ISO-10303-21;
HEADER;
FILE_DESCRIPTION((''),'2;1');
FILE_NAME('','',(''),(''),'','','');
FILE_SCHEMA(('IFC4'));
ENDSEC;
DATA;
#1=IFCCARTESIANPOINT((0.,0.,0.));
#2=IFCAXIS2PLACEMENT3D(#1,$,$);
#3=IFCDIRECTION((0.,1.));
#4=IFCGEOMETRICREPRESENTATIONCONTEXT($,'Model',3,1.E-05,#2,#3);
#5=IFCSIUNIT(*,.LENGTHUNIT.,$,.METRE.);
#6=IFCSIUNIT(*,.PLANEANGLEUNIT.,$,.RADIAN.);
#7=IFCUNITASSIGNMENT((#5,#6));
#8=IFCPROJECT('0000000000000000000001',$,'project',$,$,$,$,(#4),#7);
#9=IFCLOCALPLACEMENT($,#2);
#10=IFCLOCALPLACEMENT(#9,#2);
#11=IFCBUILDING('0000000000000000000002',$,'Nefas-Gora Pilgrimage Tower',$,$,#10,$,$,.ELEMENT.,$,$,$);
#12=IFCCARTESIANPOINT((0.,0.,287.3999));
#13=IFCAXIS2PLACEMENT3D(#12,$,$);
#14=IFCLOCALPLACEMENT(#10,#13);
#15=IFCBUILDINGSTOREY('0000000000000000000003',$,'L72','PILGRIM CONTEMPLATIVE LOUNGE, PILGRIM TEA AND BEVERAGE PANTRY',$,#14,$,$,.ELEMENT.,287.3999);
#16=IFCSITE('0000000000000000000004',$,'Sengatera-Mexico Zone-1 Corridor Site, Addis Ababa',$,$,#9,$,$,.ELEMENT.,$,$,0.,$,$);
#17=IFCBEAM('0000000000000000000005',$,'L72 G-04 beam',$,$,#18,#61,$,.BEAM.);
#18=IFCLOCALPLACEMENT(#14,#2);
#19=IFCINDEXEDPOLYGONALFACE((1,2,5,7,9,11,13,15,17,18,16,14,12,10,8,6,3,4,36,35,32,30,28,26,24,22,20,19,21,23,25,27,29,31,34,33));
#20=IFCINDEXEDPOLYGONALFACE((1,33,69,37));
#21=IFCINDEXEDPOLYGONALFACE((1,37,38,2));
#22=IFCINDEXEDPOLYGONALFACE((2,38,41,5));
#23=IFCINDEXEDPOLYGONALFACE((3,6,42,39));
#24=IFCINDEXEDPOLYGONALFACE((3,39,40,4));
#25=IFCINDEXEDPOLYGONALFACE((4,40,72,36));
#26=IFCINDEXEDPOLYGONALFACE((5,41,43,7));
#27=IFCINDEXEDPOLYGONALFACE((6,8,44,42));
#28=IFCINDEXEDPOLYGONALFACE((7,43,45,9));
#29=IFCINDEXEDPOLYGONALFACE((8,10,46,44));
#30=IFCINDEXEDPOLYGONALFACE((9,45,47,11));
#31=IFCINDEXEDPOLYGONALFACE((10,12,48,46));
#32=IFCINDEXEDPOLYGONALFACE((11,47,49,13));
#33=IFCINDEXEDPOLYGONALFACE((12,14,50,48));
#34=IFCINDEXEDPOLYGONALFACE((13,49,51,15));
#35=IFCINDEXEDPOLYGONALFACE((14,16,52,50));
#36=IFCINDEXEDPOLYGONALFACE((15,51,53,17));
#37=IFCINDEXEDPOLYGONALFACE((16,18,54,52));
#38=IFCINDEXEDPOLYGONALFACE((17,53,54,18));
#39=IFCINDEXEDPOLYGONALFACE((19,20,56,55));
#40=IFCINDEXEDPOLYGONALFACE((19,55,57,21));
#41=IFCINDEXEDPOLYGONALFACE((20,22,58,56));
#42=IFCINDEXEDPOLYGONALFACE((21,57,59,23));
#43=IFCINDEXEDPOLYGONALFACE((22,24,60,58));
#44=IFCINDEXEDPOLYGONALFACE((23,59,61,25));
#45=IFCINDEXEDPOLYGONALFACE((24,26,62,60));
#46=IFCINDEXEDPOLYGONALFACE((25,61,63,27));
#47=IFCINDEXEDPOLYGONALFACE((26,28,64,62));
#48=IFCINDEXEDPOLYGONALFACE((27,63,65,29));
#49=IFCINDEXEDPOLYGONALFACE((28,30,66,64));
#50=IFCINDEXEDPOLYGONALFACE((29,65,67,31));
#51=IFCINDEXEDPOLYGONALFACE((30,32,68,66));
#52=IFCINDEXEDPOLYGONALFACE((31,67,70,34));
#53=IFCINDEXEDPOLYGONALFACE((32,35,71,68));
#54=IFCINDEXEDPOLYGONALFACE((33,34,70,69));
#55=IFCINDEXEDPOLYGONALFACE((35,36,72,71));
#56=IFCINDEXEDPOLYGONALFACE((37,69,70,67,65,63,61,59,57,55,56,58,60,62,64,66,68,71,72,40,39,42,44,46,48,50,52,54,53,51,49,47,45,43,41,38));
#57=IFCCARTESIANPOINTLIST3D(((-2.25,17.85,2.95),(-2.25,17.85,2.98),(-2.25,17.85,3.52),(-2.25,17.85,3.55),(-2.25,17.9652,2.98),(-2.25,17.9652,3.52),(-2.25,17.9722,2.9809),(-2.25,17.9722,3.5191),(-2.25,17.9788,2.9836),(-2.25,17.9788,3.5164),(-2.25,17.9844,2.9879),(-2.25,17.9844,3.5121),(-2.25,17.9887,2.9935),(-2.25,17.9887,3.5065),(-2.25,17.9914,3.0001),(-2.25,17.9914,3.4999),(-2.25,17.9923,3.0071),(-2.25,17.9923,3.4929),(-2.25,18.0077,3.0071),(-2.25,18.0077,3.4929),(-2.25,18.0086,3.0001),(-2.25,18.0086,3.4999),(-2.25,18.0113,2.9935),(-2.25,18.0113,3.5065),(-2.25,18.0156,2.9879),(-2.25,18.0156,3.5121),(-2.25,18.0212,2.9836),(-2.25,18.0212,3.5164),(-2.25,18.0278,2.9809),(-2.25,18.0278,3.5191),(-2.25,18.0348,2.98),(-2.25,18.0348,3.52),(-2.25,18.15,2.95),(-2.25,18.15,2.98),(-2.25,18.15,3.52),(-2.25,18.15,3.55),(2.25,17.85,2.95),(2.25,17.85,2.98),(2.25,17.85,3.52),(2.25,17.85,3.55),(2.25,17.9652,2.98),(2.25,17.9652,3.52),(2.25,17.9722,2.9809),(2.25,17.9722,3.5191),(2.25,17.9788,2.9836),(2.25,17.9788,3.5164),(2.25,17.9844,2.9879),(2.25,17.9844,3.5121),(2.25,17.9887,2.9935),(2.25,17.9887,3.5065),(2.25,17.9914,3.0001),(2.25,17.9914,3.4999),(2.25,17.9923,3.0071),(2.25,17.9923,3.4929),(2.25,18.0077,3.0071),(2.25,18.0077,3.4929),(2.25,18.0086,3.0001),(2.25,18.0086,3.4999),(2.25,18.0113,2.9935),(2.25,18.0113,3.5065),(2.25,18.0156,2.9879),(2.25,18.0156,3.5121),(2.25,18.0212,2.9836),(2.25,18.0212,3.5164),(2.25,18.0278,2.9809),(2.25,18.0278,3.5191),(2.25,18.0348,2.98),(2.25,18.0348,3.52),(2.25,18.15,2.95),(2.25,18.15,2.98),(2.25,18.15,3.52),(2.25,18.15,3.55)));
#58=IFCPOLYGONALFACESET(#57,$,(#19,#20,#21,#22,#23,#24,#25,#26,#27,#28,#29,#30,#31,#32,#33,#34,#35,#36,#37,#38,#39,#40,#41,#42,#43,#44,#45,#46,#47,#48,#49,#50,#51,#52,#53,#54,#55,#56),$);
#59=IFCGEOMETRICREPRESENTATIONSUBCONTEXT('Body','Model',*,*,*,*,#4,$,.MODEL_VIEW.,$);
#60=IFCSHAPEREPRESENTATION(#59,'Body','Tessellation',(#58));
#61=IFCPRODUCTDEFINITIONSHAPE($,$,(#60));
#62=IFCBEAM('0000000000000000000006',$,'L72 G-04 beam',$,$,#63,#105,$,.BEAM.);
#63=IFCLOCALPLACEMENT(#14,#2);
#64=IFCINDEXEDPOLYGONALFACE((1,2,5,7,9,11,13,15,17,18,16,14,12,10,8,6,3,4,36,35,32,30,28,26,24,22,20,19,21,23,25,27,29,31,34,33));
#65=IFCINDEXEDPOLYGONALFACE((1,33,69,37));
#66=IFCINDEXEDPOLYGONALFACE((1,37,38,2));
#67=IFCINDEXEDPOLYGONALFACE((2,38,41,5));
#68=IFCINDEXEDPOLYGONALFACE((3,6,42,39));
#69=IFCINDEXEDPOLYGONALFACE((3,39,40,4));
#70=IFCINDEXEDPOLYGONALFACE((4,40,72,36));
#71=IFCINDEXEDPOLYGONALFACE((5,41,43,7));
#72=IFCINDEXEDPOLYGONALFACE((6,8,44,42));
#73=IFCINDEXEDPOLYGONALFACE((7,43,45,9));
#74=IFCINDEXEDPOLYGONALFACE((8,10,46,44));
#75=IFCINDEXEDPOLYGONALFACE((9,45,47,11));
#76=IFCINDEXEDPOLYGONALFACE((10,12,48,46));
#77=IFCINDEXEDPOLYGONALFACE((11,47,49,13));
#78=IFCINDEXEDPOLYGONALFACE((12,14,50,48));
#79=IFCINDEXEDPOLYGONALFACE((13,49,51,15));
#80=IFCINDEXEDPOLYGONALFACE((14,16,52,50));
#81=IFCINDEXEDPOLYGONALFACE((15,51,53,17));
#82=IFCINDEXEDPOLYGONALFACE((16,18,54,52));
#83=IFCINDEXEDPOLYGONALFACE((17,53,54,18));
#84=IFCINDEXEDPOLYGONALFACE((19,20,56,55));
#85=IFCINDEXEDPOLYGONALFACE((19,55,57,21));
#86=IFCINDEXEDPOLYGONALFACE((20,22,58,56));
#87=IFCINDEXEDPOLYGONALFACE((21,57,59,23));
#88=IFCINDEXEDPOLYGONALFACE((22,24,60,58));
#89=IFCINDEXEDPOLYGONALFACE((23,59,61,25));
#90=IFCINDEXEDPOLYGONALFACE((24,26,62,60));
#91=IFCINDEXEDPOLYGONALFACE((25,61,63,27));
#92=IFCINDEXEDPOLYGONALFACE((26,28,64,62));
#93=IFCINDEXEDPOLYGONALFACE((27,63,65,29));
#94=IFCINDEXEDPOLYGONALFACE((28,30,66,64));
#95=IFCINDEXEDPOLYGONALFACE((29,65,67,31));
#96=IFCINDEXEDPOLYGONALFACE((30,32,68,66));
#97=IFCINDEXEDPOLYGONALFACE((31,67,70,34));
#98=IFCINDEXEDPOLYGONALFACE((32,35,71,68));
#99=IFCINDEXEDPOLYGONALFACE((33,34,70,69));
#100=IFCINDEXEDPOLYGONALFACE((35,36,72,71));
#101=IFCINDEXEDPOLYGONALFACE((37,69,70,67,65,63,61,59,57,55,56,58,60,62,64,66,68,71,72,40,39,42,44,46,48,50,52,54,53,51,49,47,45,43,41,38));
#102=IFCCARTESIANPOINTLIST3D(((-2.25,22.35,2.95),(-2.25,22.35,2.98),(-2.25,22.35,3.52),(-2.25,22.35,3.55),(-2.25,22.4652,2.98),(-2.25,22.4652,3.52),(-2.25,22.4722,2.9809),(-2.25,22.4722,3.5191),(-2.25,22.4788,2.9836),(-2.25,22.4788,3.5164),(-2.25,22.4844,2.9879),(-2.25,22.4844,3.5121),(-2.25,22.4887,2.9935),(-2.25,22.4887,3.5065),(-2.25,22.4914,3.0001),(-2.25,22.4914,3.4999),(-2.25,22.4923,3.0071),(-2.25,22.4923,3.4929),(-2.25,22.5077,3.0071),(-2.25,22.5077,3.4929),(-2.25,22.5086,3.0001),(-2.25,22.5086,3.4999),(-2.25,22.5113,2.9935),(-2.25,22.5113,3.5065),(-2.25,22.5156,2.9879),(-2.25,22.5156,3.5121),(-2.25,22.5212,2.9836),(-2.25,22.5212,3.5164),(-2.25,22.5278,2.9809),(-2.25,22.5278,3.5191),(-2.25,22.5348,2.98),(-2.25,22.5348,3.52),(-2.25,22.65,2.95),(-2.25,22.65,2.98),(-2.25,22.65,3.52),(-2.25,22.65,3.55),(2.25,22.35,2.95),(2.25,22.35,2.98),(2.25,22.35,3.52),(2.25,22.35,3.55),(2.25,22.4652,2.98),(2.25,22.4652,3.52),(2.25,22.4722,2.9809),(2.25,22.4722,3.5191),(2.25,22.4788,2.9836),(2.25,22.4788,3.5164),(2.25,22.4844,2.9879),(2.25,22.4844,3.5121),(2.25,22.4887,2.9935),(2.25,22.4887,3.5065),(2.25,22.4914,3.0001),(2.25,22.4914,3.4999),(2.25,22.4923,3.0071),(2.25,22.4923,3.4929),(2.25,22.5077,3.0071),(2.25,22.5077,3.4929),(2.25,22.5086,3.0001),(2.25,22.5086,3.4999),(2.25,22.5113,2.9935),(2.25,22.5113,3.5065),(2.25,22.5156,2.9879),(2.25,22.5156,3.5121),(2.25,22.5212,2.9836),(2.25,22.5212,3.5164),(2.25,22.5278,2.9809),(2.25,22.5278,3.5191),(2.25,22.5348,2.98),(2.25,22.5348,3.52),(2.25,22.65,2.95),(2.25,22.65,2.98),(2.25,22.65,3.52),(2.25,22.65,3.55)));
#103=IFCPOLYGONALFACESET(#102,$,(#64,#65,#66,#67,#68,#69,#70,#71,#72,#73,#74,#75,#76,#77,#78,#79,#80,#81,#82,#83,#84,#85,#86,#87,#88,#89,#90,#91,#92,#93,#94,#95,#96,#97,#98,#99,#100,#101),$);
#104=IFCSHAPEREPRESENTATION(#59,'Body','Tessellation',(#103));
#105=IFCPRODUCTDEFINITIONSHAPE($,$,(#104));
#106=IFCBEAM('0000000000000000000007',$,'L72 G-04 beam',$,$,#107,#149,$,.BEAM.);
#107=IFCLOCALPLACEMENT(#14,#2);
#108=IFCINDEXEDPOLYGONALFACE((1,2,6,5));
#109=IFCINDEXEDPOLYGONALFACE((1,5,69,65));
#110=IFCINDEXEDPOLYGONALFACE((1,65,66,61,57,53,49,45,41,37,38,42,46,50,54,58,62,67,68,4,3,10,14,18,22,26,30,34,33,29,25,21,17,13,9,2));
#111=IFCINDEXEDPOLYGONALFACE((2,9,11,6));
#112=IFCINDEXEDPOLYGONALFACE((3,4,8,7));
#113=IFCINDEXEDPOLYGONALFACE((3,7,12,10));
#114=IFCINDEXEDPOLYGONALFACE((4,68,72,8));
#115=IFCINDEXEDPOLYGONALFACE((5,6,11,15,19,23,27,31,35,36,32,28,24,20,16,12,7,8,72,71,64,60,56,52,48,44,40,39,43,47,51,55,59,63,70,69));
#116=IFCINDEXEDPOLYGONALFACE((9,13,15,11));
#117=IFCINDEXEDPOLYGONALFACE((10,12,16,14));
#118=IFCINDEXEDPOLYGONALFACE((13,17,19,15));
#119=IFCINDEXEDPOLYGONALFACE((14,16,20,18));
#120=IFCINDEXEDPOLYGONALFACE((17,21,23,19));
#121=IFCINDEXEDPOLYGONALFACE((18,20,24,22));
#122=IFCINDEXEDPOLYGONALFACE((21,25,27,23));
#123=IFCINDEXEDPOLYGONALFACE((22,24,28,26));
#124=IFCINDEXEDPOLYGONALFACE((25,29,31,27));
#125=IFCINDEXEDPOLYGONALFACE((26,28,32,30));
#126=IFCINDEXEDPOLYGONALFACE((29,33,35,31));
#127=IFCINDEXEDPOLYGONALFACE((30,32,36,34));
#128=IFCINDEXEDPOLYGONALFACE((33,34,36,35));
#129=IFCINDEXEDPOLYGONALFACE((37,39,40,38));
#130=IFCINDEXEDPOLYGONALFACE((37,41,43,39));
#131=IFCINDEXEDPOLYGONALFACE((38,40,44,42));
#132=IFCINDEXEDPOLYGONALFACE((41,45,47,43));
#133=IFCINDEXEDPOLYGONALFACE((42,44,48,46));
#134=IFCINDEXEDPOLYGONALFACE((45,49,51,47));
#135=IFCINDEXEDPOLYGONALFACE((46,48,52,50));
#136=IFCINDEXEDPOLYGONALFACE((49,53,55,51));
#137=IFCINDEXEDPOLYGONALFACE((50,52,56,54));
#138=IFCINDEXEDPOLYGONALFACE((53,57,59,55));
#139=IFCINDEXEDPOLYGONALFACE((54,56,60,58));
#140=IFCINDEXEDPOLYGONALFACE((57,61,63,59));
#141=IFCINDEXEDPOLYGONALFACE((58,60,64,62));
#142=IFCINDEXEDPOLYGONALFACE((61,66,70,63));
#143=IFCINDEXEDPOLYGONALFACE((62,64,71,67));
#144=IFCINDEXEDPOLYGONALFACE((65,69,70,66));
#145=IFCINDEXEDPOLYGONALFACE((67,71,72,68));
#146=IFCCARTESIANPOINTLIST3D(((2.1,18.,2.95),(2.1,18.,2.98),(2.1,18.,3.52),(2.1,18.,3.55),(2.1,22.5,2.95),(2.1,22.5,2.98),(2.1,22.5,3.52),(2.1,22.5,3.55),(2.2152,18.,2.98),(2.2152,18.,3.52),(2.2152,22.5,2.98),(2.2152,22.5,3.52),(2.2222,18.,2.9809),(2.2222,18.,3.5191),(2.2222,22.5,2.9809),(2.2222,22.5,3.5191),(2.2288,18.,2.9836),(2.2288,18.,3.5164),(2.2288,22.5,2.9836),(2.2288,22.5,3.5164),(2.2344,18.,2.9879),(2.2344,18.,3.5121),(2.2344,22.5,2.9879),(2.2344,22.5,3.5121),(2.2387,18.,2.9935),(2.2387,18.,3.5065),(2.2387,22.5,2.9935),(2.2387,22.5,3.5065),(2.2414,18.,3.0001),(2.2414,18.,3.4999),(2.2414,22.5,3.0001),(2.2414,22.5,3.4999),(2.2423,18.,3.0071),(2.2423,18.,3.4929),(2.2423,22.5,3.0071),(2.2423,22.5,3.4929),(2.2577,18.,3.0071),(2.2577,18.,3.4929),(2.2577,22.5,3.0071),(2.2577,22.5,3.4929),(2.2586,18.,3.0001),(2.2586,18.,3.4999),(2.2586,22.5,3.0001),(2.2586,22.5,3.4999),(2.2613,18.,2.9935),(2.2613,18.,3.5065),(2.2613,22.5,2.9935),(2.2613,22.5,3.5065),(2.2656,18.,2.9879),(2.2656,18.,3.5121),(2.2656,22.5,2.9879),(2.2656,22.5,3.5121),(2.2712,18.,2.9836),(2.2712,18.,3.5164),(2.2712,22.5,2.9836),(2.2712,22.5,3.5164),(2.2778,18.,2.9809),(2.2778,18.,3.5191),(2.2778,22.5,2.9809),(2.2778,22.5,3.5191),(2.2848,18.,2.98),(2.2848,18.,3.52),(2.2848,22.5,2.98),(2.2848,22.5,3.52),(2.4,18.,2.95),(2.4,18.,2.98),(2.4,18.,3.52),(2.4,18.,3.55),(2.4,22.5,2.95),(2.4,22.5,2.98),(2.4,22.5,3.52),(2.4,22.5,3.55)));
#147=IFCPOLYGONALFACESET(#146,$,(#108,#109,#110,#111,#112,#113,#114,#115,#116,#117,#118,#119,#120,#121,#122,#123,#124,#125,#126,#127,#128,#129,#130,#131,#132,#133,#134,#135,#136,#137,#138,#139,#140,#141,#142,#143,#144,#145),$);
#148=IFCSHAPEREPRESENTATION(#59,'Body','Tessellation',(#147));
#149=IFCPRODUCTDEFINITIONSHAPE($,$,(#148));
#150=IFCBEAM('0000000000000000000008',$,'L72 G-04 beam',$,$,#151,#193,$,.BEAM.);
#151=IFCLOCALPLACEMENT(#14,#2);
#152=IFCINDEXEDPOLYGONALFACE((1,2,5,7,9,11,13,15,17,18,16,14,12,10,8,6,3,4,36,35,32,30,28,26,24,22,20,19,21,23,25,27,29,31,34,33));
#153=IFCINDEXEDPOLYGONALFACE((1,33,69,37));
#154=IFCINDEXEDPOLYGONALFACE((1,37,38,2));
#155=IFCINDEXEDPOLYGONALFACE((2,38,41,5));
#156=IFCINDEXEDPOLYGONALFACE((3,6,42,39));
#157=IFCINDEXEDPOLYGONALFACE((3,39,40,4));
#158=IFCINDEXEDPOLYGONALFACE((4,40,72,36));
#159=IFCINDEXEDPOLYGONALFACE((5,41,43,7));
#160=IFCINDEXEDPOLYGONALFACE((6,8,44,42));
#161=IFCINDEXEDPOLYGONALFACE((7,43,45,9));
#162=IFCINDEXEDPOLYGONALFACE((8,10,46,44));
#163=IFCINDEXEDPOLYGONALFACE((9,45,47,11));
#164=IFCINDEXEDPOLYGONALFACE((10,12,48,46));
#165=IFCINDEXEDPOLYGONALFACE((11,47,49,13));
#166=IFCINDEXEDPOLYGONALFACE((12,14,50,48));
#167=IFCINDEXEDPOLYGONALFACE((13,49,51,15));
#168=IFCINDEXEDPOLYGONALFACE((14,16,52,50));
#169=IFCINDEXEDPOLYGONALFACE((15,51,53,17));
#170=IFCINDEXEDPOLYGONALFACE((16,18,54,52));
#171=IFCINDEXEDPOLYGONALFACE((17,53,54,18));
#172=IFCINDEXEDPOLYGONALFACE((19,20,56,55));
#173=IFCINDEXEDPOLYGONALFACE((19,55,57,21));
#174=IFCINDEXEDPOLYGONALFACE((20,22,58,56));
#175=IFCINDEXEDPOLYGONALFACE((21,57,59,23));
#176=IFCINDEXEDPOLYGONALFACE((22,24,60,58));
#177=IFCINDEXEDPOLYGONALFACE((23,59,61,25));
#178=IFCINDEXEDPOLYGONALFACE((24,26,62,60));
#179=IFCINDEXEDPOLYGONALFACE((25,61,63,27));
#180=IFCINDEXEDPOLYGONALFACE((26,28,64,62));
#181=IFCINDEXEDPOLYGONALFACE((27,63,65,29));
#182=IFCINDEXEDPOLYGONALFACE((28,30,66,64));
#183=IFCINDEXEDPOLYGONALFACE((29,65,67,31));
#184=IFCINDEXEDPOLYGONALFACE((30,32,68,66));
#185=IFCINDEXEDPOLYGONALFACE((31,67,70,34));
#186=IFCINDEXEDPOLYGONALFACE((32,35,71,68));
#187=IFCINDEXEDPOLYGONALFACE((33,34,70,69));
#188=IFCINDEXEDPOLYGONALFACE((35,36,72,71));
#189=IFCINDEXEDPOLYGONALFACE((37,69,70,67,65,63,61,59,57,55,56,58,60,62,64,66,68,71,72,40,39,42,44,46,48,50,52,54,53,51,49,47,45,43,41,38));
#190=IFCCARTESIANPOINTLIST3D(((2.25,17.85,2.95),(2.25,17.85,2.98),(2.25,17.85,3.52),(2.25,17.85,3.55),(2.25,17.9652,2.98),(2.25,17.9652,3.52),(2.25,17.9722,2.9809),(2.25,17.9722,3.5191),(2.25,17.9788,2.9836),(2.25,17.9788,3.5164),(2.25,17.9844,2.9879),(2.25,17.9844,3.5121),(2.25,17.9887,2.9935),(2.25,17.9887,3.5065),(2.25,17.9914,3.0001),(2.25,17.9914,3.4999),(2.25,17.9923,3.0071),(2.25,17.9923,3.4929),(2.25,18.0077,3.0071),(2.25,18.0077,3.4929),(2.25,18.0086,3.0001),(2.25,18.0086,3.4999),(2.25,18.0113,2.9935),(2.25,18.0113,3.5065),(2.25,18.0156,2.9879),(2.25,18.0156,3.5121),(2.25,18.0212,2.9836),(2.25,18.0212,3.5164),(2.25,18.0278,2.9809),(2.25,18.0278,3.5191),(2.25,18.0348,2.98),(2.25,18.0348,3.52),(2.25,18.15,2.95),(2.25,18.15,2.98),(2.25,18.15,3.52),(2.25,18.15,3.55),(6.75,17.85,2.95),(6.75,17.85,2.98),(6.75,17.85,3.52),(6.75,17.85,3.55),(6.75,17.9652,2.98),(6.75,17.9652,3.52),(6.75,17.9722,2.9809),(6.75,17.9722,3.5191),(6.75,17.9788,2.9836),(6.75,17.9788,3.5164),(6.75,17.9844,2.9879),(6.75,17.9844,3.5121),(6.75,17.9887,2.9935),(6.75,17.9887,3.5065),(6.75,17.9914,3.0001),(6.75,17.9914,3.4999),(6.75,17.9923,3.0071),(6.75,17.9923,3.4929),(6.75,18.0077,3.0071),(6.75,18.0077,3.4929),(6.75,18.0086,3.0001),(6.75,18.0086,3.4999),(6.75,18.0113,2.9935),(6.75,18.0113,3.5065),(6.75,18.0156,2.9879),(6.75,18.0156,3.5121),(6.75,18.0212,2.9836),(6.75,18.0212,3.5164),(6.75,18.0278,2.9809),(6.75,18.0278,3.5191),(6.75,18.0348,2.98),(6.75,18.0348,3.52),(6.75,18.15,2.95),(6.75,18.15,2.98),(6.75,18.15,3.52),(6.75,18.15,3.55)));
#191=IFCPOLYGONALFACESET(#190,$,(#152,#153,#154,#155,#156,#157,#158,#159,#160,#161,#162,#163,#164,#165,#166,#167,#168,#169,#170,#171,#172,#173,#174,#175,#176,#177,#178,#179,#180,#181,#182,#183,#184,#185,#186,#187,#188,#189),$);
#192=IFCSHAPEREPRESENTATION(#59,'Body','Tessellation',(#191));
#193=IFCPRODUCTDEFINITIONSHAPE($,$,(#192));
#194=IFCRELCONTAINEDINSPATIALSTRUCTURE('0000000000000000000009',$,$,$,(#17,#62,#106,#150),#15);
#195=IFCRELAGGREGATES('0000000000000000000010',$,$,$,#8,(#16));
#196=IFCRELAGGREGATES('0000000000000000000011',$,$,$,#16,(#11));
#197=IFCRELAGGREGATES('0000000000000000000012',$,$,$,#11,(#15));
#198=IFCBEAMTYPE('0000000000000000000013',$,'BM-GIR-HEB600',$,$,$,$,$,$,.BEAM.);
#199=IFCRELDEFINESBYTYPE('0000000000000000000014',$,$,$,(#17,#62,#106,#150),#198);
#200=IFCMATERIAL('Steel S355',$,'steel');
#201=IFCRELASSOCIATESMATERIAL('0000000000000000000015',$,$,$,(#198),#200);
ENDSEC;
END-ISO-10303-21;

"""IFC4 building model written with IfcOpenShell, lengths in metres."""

from ifc_helpers import new_model, si_unit, direction, frame, origin, origin_2d, place, context, subcontext, project, spatial, i_section, extrude, source, transform, mapped, material, material_profile, profile_set, type_object, element, save


model = new_model("IFC4")

# Units and contexts
model_context = context("Model", 3, precision=1e-05, world=origin(), true_north=direction((0.0, 1.0)))
body_context = subcontext(model_context, "Body", "Model", "MODEL_VIEW")
ifc_project = project(units=[si_unit("LENGTHUNIT", "METRE"), si_unit("PLANEANGLEUNIT", "RADIAN")], contexts=[model_context])

# Site, building, storey
site_placement = place(None, origin())
site = spatial("IfcSite", under=ifc_project, at=site_placement, Name="Sengatera-Mexico Zone-1 Corridor Site, Addis Ababa", CompositionType="ELEMENT", RefElevation=0.0)
building_placement = place(site_placement, origin())
building = spatial("IfcBuilding", under=site, at=building_placement, Name="Nefas-Gora Pilgrimage Tower", CompositionType="ELEMENT")
storey_placement = place(building_placement, frame((0.0, 0.0, 287.3999)))
storey = spatial("IfcBuildingStorey", under=building, at=storey_placement, Name="L72", Description="PILGRIM CONTEMPLATIVE LOUNGE, PILGRIM TEA AND BEVERAGE PANTRY", CompositionType="ELEMENT", Elevation=287.3999)

# Shared definitions
ifc_material_1 = material(Name="Steel S355", Category="steel")

# Beams
ifc_material_profile_1 = material_profile(ifc_material_1, i_section(OverallWidth=0.3, OverallDepth=0.6001, WebThickness=0.0154, FlangeThickness=0.03, FilletRadius=0.0271, at=origin_2d()), Name="HEB 600")
ifc_profile_set_1 = profile_set([ifc_material_profile_1], Name="Steel S355")
beam_type = type_object("IfcBeamType", Name="BM-GIR-HEB600", PredefinedType="BEAM", material=ifc_profile_set_1)
shared_shape_1 = source(origin(), body_context, "Body", "SweptSolid", [
    extrude(i_section(OverallWidth=0.3, OverallDepth=0.6001, WebThickness=0.0154, FlangeThickness=0.03, FilletRadius=0.0271, at=origin_2d()), origin(), (0.0, 0.0, 1.0), 4.5),
])
for number, where, z_axis, x_axis, name in (
    (1, (-2.25, 18.0, 3.25), (1.0, 0.0, 0.0), (0.0, 1.0, 0.0), "L72 G-04 beam"),
    (2, (-2.25, 22.5, 3.25), (1.0, 0.0, 0.0), (0.0, 1.0, 0.0), "L72 G-04 beam"),
    (3, (2.25, 18.0, 3.25), (0.0, 1.0, 0.0), (-1.0, 0.0, 0.0), "L72 G-04 beam"),
    (4, (2.25, 18.0, 3.25), (1.0, 0.0, 0.0), (0.0, 1.0, 0.0), "L72 G-04 beam"),
):
    element("IfcBeam", number, at=place(storey_placement, frame(where, z_axis=z_axis, x_axis=x_axis)), inside=storey, type_object=beam_type, Name=name, PredefinedType="BEAM", context=body_context, shape_type="MappedRepresentation", body=[
        mapped(shared_shape_1, transform((0.0, 0.0, 0.0), x_axis=(1.0, 0.0, 0.0), y_axis=(0.0, 1.0, 0.0), z_axis=(0.0, 0.0, 1.0), scale=1.0)),
    ])

save(model, "model.ifc")
